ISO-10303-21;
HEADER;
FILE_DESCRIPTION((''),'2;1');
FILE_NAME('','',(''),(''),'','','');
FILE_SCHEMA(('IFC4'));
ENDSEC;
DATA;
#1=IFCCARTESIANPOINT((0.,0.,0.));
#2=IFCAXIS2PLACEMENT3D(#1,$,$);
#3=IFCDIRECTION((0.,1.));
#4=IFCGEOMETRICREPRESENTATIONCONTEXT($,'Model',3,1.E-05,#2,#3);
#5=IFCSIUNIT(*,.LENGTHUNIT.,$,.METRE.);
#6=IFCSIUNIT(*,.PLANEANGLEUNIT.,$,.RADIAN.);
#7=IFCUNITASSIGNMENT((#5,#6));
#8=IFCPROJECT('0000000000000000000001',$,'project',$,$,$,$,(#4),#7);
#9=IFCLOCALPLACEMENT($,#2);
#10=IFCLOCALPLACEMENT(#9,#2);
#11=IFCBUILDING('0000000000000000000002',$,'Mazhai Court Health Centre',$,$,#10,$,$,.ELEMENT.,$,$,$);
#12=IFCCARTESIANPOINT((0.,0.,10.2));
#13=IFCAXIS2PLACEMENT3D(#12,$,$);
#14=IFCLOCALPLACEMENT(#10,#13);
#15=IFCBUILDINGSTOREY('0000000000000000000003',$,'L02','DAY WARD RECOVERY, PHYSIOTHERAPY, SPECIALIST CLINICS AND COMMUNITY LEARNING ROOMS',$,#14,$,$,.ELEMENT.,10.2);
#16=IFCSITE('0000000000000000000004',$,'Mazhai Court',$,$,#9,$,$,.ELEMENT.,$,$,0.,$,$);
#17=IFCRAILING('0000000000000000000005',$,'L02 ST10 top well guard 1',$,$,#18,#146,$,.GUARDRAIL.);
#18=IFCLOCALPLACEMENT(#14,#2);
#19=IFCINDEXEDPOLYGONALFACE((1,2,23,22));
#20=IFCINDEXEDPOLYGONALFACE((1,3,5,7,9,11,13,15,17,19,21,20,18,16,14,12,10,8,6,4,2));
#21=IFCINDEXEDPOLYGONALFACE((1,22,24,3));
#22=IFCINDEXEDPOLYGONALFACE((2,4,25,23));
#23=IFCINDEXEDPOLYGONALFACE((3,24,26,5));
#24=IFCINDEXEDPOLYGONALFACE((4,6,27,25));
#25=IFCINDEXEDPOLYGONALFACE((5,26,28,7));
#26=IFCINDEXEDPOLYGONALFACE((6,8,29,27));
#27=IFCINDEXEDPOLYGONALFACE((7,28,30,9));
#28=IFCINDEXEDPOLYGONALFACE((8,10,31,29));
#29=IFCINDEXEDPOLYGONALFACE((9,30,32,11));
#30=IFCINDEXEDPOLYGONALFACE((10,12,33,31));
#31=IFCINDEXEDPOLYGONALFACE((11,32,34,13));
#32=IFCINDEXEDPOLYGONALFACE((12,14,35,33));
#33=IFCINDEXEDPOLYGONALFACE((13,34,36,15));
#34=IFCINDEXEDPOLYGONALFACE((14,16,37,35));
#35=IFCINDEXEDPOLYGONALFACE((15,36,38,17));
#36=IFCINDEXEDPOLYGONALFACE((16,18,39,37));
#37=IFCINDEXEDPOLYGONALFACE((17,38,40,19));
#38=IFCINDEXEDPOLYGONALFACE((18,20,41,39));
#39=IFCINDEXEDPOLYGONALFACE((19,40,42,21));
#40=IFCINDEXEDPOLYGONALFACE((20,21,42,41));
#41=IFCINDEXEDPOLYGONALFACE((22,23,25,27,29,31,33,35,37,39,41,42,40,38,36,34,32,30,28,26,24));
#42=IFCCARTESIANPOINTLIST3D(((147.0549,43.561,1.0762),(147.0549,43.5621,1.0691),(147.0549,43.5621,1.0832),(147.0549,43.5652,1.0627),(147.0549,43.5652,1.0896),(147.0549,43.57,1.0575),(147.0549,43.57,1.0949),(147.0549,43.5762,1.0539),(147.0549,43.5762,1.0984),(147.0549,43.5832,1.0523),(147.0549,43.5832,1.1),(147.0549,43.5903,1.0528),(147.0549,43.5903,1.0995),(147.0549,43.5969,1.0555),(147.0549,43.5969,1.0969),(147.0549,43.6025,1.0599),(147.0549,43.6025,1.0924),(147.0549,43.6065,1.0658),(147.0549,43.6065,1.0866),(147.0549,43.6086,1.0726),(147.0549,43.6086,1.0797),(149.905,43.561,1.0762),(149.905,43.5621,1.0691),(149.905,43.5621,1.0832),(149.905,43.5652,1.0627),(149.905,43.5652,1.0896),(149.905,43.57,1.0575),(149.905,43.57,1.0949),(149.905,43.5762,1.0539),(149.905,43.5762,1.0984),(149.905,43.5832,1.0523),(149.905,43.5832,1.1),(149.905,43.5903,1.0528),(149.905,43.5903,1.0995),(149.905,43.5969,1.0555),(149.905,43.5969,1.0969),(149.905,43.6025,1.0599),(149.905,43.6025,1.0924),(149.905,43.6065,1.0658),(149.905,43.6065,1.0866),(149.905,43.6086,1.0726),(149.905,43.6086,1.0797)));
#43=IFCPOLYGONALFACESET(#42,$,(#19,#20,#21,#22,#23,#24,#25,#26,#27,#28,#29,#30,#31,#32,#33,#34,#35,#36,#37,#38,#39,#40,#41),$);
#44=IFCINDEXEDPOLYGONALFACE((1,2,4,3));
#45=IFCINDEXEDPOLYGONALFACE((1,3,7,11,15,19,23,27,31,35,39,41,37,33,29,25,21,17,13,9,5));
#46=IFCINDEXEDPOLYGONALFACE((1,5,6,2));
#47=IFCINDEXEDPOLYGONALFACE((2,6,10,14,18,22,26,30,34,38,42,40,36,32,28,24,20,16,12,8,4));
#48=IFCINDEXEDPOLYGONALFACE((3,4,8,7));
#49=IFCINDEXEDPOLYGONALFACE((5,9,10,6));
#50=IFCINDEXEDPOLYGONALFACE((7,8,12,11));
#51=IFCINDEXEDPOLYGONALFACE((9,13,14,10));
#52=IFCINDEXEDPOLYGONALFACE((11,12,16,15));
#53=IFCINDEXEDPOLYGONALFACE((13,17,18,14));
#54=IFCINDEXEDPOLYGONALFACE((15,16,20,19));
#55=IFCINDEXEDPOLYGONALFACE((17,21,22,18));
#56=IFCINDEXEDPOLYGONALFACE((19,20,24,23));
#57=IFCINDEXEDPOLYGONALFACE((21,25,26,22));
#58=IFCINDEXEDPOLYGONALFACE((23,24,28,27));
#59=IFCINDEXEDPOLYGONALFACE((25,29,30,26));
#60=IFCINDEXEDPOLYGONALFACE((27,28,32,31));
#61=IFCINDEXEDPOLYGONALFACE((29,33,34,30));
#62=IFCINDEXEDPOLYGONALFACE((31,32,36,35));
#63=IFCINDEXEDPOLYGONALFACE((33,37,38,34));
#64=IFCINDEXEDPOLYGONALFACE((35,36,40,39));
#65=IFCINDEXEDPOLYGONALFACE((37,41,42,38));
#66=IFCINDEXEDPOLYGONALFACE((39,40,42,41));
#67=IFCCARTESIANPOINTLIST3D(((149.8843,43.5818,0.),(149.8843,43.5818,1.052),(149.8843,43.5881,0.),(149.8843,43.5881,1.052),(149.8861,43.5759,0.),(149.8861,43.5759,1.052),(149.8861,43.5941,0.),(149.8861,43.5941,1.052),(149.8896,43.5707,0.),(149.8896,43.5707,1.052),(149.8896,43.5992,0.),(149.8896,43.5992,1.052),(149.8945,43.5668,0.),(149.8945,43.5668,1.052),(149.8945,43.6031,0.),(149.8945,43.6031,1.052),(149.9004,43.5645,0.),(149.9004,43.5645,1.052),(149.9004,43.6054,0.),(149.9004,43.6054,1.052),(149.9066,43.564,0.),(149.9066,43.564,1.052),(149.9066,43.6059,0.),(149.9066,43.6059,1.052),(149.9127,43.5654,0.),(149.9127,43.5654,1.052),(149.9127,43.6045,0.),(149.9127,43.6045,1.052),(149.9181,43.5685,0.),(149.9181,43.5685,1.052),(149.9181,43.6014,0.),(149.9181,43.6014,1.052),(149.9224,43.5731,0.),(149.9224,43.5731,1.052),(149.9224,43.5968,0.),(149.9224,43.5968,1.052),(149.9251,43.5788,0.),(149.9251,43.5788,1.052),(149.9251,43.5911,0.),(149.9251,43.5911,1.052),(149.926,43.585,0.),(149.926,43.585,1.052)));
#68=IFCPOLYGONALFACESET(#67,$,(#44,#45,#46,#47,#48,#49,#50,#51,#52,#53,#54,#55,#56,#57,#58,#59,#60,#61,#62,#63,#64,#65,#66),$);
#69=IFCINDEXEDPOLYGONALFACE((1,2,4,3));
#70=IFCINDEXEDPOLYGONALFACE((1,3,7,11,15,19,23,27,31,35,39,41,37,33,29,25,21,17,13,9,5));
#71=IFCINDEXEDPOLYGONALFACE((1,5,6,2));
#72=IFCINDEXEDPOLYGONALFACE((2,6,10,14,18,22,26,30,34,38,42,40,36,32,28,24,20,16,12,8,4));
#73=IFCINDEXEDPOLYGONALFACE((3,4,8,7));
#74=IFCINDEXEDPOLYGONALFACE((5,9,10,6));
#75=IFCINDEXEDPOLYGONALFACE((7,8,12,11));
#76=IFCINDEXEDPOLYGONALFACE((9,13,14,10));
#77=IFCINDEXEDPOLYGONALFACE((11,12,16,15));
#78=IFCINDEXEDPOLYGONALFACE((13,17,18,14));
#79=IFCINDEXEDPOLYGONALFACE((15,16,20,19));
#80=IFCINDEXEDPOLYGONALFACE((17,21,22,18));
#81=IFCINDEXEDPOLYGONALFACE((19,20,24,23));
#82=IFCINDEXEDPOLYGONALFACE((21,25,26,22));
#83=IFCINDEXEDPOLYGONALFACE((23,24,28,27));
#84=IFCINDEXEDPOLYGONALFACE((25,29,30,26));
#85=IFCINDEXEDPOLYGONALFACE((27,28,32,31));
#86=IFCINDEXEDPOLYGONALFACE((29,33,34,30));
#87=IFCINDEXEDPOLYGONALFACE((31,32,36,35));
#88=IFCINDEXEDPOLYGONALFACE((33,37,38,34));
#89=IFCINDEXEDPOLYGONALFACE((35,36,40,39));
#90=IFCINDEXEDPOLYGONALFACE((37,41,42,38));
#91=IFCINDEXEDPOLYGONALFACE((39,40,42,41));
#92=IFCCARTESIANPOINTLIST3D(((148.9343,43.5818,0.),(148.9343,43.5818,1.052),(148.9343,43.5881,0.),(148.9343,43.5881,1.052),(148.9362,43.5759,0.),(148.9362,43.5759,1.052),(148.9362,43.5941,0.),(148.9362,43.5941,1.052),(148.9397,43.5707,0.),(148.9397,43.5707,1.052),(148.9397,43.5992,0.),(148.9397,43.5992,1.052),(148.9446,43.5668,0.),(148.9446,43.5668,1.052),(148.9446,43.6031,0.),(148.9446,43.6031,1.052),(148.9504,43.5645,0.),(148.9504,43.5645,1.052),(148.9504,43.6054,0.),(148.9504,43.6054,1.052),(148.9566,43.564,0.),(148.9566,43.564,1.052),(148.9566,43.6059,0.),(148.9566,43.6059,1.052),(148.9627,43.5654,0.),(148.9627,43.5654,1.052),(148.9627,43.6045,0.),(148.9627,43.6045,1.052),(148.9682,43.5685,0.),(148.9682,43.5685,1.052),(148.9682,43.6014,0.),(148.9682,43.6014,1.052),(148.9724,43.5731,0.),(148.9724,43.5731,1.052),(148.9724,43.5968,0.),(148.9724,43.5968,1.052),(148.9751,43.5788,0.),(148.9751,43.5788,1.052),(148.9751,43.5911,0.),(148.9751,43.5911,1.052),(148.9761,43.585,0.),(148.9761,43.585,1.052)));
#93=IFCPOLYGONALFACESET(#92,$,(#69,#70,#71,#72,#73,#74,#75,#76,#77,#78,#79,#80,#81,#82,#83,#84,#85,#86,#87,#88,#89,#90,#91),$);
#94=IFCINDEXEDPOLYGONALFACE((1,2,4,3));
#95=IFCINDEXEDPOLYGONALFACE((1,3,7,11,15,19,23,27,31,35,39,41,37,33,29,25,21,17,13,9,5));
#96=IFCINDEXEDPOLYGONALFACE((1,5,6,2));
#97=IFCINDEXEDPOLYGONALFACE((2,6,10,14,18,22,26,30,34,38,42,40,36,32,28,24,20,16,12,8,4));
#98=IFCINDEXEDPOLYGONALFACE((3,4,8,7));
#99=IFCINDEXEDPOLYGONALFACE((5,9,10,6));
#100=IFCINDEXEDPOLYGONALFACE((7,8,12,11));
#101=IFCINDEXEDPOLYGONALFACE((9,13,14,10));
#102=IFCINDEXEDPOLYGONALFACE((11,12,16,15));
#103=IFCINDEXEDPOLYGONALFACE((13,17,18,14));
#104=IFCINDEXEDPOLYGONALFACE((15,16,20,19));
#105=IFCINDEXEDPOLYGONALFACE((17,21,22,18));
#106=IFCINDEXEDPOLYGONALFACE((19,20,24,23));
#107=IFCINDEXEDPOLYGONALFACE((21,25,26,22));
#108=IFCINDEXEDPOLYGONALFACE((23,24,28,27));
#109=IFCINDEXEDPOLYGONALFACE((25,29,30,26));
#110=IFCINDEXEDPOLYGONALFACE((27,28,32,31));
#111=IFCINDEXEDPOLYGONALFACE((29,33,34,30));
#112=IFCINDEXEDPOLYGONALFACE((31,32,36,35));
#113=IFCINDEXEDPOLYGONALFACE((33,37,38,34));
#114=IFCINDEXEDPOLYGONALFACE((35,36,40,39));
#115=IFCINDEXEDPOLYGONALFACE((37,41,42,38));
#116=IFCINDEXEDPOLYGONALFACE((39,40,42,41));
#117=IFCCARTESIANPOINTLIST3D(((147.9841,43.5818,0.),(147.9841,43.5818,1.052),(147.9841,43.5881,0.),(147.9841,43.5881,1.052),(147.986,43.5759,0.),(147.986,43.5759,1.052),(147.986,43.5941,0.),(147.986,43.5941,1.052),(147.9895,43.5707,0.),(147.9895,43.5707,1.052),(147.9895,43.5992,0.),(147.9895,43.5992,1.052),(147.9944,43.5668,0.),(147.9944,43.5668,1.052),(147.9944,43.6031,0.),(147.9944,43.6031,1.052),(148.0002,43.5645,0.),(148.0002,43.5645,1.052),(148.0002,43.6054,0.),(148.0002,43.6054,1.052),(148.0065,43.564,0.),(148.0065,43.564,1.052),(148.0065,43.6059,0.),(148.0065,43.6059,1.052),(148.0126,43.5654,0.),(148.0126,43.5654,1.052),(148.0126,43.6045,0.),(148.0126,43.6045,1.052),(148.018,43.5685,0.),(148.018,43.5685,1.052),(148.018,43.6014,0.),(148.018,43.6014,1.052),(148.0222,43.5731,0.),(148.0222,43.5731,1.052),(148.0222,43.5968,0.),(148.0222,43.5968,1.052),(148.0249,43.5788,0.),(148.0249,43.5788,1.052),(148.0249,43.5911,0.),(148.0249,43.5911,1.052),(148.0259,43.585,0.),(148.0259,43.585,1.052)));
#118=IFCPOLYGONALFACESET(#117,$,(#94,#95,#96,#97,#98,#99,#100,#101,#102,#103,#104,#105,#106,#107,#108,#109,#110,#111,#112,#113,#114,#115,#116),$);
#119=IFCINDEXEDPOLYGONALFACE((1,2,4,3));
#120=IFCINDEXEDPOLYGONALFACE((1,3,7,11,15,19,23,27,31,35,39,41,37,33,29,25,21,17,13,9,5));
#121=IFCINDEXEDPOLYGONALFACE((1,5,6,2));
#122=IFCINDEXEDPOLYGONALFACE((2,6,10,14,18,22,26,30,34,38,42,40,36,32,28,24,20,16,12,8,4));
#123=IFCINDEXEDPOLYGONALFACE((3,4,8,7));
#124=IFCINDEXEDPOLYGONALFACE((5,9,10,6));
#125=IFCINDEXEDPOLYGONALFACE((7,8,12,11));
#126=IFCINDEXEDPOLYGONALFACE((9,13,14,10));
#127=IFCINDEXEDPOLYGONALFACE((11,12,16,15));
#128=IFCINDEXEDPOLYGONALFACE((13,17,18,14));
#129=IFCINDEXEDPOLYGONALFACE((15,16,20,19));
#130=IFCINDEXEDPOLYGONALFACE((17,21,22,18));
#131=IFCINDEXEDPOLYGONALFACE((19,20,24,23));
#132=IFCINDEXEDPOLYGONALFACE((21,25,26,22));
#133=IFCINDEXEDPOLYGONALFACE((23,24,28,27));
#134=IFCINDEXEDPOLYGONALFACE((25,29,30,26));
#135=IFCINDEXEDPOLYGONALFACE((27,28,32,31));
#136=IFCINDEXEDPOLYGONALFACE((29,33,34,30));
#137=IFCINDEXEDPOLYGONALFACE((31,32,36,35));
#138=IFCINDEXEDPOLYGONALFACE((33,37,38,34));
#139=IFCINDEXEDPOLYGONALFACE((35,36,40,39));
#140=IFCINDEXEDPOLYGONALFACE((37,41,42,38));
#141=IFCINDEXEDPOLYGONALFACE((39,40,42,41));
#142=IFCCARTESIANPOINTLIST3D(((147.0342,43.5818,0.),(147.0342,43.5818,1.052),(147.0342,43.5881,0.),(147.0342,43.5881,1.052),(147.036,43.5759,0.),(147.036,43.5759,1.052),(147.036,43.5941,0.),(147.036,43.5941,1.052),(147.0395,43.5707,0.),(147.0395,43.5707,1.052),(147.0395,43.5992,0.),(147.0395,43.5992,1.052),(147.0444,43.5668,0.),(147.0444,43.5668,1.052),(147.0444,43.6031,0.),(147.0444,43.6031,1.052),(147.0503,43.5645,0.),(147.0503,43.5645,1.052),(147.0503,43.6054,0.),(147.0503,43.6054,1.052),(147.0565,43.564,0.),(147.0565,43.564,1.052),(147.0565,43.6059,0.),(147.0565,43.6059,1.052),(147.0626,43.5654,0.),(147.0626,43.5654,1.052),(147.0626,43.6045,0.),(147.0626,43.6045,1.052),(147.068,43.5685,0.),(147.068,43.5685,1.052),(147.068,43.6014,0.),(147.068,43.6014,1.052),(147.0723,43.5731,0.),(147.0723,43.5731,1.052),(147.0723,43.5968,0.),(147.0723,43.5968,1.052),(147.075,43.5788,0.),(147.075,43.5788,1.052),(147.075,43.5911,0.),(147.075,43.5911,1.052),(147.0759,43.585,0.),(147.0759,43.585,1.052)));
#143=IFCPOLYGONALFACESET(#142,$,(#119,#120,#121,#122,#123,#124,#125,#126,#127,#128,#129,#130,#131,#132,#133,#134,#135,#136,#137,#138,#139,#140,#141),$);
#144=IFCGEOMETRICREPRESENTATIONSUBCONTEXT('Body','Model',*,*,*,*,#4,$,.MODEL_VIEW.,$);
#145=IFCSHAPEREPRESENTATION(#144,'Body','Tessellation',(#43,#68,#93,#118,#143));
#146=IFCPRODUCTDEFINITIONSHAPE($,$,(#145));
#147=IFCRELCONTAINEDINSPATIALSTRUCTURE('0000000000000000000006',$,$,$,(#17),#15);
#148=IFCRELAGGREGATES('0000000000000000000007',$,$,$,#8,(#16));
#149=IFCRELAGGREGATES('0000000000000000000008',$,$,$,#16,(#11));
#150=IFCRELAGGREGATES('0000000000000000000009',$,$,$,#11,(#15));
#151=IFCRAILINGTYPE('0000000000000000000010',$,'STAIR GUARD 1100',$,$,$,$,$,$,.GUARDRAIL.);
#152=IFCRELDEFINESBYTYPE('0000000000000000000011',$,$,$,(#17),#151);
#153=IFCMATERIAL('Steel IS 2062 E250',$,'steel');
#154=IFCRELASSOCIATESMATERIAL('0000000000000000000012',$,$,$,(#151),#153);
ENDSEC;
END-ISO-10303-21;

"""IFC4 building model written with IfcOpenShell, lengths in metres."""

from ifc_helpers import new_model, si_unit, direction, frame, origin, origin_2d, place, context, subcontext, project, spatial, circle, extrude, material, type_object, element, save


model = new_model("IFC4")

# Units and contexts
model_context = context("Model", 3, precision=1e-05, world=origin(), true_north=direction((0.0, 1.0)))
body_context = subcontext(model_context, "Body", "Model", "MODEL_VIEW")
ifc_project = project(units=[si_unit("LENGTHUNIT", "METRE"), si_unit("PLANEANGLEUNIT", "RADIAN")], contexts=[model_context])

# Site, building, storey
site_placement = place(None, origin())
site = spatial("IfcSite", under=ifc_project, at=site_placement, Name="Mazhai Court", CompositionType="ELEMENT", RefElevation=0.0)
building_placement = place(site_placement, origin())
building = spatial("IfcBuilding", under=site, at=building_placement, Name="Mazhai Court Health Centre", CompositionType="ELEMENT")
storey_placement = place(building_placement, frame((0.0, 0.0, 10.2)))
storey = spatial("IfcBuildingStorey", under=building, at=storey_placement, Name="L02", Description="DAY WARD RECOVERY, PHYSIOTHERAPY, SPECIALIST CLINICS AND COMMUNITY LEARNING ROOMS", CompositionType="ELEMENT", Elevation=10.2)

# Railing
ifc_material_1 = material(Name="Steel IS 2062 E250", Category="steel")
railing_type = type_object("IfcRailingType", Name="STAIR GUARD 1100", PredefinedType="GUARDRAIL", material=ifc_material_1)
railing_placement = place(storey_placement, frame((149.905, 43.585, 0.0)))
element("IfcRailing", 1, at=railing_placement, inside=storey, type_object=railing_type, Name="L02 ST10 top well guard 1", PredefinedType="GUARDRAIL", context=body_context, shape_type="SweptSolid", body=[
    extrude(circle(Radius=0.0239, at=origin_2d()), frame((0.0, 0.0, 1.0762), z_axis=(-1.0, 0.0, 0.0), x_axis=(0.0, -1.0, 0.0)), (0.0, 0.0, 1.0), 2.8501),
    extrude(circle(Radius=0.021, at=origin_2d()), origin(), (0.0, 0.0, 1.0), 1.052),
    extrude(circle(Radius=0.021, at=origin_2d()), frame((-0.95, 0.0, 0.0)), (0.0, 0.0, 1.0), 1.052),
    extrude(circle(Radius=0.021, at=origin_2d()), frame((-1.9001, 0.0, 0.0)), (0.0, 0.0, 1.0), 1.052),
    extrude(circle(Radius=0.021, at=origin_2d()), frame((-2.8501, 0.0, 0.0)), (0.0, 0.0, 1.0), 1.052),
])

save(model, "model.ifc")
